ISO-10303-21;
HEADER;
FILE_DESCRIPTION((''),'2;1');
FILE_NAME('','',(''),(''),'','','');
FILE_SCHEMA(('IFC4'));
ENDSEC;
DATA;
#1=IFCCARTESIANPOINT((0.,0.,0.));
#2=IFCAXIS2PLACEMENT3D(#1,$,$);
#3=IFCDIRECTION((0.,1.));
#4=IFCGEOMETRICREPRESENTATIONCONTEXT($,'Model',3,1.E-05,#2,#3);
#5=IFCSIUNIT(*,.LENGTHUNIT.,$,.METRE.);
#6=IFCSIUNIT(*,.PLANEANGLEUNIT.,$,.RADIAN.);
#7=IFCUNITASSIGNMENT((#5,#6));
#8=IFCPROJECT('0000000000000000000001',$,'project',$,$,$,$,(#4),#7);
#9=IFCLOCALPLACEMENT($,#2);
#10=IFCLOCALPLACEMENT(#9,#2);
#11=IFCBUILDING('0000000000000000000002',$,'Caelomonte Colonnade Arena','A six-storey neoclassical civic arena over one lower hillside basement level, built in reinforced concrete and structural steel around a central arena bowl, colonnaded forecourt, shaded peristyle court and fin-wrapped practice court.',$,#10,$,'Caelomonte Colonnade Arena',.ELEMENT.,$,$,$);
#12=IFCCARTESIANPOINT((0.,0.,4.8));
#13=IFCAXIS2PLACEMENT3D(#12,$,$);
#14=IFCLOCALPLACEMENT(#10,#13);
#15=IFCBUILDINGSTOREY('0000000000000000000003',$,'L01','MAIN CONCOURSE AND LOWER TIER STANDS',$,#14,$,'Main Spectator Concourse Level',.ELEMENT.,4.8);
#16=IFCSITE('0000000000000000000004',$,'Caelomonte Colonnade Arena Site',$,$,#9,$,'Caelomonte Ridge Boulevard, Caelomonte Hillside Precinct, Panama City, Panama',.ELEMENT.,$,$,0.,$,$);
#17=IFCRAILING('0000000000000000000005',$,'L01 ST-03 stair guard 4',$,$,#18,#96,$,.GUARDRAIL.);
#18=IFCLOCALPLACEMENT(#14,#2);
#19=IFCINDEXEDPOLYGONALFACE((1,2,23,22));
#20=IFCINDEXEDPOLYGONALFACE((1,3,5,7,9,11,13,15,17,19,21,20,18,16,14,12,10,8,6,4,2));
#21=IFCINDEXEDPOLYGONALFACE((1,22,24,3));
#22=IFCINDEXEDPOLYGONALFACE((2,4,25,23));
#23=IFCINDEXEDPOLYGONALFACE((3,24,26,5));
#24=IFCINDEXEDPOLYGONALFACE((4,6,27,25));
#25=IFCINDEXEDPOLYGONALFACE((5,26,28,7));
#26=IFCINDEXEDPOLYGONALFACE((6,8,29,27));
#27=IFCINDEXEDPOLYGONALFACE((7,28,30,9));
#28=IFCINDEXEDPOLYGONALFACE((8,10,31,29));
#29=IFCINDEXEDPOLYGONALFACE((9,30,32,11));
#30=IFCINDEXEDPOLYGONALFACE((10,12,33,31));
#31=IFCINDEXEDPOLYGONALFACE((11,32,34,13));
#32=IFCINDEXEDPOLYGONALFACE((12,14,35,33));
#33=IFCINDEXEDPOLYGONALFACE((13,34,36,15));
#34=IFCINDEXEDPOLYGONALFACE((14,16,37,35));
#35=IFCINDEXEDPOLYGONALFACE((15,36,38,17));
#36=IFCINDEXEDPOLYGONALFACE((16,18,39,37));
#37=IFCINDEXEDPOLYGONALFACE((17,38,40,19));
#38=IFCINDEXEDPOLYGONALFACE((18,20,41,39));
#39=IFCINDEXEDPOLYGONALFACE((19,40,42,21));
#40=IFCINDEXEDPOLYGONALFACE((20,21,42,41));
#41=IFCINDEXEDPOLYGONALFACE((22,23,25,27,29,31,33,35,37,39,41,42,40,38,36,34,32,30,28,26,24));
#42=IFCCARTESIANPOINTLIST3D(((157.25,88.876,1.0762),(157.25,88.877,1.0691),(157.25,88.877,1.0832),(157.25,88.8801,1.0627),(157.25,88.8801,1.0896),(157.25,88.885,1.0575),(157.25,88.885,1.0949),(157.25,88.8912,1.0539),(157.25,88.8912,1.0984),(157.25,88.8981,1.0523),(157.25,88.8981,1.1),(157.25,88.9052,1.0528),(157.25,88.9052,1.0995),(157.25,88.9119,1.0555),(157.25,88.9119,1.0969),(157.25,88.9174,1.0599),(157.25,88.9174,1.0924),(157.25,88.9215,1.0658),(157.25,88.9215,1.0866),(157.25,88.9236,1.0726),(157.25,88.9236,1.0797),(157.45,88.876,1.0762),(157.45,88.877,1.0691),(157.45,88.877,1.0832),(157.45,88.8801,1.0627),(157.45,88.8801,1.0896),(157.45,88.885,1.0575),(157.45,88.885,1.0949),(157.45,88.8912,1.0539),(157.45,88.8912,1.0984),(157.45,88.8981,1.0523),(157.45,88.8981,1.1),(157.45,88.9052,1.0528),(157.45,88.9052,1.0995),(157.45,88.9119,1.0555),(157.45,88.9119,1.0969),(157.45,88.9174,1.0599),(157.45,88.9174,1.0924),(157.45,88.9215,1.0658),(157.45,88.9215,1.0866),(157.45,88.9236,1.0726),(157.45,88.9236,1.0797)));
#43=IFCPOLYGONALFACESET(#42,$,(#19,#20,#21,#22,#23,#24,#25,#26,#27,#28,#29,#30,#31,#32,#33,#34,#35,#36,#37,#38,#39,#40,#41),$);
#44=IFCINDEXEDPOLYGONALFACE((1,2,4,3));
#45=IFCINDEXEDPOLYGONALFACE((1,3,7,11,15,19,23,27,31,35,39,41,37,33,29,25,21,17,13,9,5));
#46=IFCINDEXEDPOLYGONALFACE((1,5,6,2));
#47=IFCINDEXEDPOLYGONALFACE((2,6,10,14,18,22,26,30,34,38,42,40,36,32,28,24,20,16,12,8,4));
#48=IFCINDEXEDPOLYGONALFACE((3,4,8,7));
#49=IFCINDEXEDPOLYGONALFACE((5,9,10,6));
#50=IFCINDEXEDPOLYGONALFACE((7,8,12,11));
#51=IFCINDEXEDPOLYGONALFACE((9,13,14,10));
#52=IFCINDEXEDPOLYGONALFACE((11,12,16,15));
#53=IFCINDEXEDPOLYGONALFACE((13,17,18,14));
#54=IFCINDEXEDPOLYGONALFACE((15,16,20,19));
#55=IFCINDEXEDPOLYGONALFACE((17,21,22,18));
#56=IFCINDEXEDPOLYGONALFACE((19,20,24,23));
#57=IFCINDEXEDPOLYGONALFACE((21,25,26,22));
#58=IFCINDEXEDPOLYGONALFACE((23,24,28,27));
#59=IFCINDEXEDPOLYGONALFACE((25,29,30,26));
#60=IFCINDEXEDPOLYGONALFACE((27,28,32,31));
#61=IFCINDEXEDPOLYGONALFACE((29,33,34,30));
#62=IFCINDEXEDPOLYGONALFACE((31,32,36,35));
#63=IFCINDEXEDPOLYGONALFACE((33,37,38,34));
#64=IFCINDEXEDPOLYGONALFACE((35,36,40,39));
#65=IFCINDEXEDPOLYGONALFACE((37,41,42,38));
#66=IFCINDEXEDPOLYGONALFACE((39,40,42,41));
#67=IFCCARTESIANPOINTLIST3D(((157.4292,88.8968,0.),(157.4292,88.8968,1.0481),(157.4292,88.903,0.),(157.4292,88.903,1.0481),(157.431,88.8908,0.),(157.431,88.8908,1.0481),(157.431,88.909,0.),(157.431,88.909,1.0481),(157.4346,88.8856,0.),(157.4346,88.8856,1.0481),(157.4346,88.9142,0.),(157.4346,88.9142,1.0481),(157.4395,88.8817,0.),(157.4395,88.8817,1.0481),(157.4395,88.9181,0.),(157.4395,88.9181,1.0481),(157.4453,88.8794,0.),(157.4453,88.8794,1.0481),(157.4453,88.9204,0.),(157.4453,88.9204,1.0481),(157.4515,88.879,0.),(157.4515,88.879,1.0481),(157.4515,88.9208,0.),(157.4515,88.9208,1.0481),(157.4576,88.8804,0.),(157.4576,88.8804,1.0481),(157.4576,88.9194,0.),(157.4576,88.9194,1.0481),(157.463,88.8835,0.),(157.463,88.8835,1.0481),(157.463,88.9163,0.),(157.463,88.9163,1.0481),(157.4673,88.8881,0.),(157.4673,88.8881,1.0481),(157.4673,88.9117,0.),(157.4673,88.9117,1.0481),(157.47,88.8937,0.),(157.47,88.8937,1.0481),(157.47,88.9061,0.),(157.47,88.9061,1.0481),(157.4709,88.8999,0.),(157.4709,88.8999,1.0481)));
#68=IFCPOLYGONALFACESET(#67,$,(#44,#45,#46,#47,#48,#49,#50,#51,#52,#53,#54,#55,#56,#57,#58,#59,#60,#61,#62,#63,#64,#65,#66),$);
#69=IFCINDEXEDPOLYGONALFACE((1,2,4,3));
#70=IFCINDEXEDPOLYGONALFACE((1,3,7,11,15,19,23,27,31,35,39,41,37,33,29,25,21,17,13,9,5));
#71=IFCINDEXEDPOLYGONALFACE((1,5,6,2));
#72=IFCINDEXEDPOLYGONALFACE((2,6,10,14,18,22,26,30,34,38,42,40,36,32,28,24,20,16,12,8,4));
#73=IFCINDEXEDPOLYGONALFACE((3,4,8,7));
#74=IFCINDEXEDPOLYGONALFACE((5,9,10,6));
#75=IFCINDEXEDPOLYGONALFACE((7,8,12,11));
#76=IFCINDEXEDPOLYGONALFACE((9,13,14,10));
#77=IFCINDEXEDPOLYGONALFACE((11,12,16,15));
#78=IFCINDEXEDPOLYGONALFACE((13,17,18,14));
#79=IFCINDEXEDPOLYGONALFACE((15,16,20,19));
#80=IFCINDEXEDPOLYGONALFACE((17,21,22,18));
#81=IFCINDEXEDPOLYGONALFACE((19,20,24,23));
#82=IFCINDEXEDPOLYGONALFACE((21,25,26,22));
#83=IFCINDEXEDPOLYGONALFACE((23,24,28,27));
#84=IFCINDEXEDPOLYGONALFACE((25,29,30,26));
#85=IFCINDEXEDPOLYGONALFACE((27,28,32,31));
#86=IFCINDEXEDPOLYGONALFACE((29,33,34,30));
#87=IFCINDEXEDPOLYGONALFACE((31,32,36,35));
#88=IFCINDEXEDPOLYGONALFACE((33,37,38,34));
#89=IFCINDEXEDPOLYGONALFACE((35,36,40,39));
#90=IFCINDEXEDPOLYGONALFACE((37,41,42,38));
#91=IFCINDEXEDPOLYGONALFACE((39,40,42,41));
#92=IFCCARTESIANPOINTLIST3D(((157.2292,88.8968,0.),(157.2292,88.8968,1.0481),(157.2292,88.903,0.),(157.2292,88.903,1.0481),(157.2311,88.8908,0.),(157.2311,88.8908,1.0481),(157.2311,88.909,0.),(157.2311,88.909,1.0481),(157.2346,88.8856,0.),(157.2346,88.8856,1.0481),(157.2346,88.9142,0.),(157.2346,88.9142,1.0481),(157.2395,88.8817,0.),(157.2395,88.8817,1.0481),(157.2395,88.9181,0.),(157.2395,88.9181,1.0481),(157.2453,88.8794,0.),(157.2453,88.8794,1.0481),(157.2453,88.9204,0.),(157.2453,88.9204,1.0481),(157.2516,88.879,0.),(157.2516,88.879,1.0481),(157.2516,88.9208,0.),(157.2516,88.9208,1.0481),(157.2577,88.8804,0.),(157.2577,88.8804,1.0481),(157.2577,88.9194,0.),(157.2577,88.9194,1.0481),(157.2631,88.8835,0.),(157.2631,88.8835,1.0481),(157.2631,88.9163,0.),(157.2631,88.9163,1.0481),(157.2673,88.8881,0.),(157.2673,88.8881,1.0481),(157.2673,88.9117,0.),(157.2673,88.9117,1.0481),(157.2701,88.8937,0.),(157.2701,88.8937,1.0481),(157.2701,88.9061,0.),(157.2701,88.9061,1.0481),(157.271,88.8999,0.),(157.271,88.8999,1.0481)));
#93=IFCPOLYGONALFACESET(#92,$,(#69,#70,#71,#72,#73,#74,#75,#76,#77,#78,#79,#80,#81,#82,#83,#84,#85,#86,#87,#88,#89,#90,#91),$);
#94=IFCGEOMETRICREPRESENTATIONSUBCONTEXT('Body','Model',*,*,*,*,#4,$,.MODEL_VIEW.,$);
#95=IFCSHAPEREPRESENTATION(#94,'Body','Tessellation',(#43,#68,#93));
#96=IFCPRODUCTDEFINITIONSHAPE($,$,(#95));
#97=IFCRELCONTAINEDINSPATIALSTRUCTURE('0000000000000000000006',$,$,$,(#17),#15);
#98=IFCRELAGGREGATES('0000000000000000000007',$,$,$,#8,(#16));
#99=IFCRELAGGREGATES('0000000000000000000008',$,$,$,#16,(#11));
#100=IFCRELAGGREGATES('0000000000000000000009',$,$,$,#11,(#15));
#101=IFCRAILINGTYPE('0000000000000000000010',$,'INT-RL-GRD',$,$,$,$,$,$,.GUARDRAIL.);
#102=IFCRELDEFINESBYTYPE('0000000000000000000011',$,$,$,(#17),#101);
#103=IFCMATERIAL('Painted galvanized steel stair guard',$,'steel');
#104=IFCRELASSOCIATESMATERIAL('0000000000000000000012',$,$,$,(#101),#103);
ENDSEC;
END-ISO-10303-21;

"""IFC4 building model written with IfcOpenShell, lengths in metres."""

from ifc_helpers import new_model, si_unit, direction, frame, origin, origin_2d, place, context, subcontext, project, spatial, circle, extrude, material, type_object, element, save


model = new_model("IFC4")

# Units and contexts
model_context = context("Model", 3, precision=1e-05, world=origin(), true_north=direction((0.0, 1.0)))
body_context = subcontext(model_context, "Body", "Model", "MODEL_VIEW")
ifc_project = project(units=[si_unit("LENGTHUNIT", "METRE"), si_unit("PLANEANGLEUNIT", "RADIAN")], contexts=[model_context])

# Site, building, storey
site_placement = place(None, origin())
site = spatial("IfcSite", under=ifc_project, at=site_placement, Name="Caelomonte Colonnade Arena Site", LongName="Caelomonte Ridge Boulevard, Caelomonte Hillside Precinct, Panama City, Panama", CompositionType="ELEMENT", RefElevation=0.0)
building_placement = place(site_placement, origin())
building = spatial("IfcBuilding", under=site, at=building_placement, Name="Caelomonte Colonnade Arena", Description="A six-storey neoclassical civic arena over one lower hillside basement level, built in reinforced concrete and structural steel around a central arena bowl, colonnaded forecourt, shaded peristyle court and fin-wrapped practice court.", LongName="Caelomonte Colonnade Arena", CompositionType="ELEMENT")
storey_placement = place(building_placement, frame((0.0, 0.0, 4.8)))
storey = spatial("IfcBuildingStorey", under=building, at=storey_placement, Name="L01", Description="MAIN CONCOURSE AND LOWER TIER STANDS", LongName="Main Spectator Concourse Level", CompositionType="ELEMENT", Elevation=4.8)

# Railing
ifc_material_1 = material(Name="Painted galvanized steel stair guard", Category="steel")
railing_type_1 = type_object("IfcRailingType", Name="INT-RL-GRD", PredefinedType="GUARDRAIL", material=ifc_material_1)
railing_1_placement = place(storey_placement, frame((157.45, 88.8999, 0.0)))
element("IfcRailing", 1, at=railing_1_placement, inside=storey, type_object=railing_type_1, Name="L01 ST-03 stair guard 4", PredefinedType="GUARDRAIL", context=body_context, shape_type="SweptSolid", body=[
    extrude(circle(Radius=0.0239, at=origin_2d()), frame((0.0, 0.0, 1.0762), z_axis=(-1.0, 0.0, 0.0), x_axis=(0.0, -1.0, 0.0)), (0.0, 0.0, 1.0), 0.2),
    extrude(circle(Radius=0.021, at=origin_2d()), origin(), (0.0, 0.0, 1.0), 1.0481),
    extrude(circle(Radius=0.021, at=origin_2d()), frame((-0.2, 0.0, 0.0)), (0.0, 0.0, 1.0), 1.0481),
])

save(model, "model.ifc")
